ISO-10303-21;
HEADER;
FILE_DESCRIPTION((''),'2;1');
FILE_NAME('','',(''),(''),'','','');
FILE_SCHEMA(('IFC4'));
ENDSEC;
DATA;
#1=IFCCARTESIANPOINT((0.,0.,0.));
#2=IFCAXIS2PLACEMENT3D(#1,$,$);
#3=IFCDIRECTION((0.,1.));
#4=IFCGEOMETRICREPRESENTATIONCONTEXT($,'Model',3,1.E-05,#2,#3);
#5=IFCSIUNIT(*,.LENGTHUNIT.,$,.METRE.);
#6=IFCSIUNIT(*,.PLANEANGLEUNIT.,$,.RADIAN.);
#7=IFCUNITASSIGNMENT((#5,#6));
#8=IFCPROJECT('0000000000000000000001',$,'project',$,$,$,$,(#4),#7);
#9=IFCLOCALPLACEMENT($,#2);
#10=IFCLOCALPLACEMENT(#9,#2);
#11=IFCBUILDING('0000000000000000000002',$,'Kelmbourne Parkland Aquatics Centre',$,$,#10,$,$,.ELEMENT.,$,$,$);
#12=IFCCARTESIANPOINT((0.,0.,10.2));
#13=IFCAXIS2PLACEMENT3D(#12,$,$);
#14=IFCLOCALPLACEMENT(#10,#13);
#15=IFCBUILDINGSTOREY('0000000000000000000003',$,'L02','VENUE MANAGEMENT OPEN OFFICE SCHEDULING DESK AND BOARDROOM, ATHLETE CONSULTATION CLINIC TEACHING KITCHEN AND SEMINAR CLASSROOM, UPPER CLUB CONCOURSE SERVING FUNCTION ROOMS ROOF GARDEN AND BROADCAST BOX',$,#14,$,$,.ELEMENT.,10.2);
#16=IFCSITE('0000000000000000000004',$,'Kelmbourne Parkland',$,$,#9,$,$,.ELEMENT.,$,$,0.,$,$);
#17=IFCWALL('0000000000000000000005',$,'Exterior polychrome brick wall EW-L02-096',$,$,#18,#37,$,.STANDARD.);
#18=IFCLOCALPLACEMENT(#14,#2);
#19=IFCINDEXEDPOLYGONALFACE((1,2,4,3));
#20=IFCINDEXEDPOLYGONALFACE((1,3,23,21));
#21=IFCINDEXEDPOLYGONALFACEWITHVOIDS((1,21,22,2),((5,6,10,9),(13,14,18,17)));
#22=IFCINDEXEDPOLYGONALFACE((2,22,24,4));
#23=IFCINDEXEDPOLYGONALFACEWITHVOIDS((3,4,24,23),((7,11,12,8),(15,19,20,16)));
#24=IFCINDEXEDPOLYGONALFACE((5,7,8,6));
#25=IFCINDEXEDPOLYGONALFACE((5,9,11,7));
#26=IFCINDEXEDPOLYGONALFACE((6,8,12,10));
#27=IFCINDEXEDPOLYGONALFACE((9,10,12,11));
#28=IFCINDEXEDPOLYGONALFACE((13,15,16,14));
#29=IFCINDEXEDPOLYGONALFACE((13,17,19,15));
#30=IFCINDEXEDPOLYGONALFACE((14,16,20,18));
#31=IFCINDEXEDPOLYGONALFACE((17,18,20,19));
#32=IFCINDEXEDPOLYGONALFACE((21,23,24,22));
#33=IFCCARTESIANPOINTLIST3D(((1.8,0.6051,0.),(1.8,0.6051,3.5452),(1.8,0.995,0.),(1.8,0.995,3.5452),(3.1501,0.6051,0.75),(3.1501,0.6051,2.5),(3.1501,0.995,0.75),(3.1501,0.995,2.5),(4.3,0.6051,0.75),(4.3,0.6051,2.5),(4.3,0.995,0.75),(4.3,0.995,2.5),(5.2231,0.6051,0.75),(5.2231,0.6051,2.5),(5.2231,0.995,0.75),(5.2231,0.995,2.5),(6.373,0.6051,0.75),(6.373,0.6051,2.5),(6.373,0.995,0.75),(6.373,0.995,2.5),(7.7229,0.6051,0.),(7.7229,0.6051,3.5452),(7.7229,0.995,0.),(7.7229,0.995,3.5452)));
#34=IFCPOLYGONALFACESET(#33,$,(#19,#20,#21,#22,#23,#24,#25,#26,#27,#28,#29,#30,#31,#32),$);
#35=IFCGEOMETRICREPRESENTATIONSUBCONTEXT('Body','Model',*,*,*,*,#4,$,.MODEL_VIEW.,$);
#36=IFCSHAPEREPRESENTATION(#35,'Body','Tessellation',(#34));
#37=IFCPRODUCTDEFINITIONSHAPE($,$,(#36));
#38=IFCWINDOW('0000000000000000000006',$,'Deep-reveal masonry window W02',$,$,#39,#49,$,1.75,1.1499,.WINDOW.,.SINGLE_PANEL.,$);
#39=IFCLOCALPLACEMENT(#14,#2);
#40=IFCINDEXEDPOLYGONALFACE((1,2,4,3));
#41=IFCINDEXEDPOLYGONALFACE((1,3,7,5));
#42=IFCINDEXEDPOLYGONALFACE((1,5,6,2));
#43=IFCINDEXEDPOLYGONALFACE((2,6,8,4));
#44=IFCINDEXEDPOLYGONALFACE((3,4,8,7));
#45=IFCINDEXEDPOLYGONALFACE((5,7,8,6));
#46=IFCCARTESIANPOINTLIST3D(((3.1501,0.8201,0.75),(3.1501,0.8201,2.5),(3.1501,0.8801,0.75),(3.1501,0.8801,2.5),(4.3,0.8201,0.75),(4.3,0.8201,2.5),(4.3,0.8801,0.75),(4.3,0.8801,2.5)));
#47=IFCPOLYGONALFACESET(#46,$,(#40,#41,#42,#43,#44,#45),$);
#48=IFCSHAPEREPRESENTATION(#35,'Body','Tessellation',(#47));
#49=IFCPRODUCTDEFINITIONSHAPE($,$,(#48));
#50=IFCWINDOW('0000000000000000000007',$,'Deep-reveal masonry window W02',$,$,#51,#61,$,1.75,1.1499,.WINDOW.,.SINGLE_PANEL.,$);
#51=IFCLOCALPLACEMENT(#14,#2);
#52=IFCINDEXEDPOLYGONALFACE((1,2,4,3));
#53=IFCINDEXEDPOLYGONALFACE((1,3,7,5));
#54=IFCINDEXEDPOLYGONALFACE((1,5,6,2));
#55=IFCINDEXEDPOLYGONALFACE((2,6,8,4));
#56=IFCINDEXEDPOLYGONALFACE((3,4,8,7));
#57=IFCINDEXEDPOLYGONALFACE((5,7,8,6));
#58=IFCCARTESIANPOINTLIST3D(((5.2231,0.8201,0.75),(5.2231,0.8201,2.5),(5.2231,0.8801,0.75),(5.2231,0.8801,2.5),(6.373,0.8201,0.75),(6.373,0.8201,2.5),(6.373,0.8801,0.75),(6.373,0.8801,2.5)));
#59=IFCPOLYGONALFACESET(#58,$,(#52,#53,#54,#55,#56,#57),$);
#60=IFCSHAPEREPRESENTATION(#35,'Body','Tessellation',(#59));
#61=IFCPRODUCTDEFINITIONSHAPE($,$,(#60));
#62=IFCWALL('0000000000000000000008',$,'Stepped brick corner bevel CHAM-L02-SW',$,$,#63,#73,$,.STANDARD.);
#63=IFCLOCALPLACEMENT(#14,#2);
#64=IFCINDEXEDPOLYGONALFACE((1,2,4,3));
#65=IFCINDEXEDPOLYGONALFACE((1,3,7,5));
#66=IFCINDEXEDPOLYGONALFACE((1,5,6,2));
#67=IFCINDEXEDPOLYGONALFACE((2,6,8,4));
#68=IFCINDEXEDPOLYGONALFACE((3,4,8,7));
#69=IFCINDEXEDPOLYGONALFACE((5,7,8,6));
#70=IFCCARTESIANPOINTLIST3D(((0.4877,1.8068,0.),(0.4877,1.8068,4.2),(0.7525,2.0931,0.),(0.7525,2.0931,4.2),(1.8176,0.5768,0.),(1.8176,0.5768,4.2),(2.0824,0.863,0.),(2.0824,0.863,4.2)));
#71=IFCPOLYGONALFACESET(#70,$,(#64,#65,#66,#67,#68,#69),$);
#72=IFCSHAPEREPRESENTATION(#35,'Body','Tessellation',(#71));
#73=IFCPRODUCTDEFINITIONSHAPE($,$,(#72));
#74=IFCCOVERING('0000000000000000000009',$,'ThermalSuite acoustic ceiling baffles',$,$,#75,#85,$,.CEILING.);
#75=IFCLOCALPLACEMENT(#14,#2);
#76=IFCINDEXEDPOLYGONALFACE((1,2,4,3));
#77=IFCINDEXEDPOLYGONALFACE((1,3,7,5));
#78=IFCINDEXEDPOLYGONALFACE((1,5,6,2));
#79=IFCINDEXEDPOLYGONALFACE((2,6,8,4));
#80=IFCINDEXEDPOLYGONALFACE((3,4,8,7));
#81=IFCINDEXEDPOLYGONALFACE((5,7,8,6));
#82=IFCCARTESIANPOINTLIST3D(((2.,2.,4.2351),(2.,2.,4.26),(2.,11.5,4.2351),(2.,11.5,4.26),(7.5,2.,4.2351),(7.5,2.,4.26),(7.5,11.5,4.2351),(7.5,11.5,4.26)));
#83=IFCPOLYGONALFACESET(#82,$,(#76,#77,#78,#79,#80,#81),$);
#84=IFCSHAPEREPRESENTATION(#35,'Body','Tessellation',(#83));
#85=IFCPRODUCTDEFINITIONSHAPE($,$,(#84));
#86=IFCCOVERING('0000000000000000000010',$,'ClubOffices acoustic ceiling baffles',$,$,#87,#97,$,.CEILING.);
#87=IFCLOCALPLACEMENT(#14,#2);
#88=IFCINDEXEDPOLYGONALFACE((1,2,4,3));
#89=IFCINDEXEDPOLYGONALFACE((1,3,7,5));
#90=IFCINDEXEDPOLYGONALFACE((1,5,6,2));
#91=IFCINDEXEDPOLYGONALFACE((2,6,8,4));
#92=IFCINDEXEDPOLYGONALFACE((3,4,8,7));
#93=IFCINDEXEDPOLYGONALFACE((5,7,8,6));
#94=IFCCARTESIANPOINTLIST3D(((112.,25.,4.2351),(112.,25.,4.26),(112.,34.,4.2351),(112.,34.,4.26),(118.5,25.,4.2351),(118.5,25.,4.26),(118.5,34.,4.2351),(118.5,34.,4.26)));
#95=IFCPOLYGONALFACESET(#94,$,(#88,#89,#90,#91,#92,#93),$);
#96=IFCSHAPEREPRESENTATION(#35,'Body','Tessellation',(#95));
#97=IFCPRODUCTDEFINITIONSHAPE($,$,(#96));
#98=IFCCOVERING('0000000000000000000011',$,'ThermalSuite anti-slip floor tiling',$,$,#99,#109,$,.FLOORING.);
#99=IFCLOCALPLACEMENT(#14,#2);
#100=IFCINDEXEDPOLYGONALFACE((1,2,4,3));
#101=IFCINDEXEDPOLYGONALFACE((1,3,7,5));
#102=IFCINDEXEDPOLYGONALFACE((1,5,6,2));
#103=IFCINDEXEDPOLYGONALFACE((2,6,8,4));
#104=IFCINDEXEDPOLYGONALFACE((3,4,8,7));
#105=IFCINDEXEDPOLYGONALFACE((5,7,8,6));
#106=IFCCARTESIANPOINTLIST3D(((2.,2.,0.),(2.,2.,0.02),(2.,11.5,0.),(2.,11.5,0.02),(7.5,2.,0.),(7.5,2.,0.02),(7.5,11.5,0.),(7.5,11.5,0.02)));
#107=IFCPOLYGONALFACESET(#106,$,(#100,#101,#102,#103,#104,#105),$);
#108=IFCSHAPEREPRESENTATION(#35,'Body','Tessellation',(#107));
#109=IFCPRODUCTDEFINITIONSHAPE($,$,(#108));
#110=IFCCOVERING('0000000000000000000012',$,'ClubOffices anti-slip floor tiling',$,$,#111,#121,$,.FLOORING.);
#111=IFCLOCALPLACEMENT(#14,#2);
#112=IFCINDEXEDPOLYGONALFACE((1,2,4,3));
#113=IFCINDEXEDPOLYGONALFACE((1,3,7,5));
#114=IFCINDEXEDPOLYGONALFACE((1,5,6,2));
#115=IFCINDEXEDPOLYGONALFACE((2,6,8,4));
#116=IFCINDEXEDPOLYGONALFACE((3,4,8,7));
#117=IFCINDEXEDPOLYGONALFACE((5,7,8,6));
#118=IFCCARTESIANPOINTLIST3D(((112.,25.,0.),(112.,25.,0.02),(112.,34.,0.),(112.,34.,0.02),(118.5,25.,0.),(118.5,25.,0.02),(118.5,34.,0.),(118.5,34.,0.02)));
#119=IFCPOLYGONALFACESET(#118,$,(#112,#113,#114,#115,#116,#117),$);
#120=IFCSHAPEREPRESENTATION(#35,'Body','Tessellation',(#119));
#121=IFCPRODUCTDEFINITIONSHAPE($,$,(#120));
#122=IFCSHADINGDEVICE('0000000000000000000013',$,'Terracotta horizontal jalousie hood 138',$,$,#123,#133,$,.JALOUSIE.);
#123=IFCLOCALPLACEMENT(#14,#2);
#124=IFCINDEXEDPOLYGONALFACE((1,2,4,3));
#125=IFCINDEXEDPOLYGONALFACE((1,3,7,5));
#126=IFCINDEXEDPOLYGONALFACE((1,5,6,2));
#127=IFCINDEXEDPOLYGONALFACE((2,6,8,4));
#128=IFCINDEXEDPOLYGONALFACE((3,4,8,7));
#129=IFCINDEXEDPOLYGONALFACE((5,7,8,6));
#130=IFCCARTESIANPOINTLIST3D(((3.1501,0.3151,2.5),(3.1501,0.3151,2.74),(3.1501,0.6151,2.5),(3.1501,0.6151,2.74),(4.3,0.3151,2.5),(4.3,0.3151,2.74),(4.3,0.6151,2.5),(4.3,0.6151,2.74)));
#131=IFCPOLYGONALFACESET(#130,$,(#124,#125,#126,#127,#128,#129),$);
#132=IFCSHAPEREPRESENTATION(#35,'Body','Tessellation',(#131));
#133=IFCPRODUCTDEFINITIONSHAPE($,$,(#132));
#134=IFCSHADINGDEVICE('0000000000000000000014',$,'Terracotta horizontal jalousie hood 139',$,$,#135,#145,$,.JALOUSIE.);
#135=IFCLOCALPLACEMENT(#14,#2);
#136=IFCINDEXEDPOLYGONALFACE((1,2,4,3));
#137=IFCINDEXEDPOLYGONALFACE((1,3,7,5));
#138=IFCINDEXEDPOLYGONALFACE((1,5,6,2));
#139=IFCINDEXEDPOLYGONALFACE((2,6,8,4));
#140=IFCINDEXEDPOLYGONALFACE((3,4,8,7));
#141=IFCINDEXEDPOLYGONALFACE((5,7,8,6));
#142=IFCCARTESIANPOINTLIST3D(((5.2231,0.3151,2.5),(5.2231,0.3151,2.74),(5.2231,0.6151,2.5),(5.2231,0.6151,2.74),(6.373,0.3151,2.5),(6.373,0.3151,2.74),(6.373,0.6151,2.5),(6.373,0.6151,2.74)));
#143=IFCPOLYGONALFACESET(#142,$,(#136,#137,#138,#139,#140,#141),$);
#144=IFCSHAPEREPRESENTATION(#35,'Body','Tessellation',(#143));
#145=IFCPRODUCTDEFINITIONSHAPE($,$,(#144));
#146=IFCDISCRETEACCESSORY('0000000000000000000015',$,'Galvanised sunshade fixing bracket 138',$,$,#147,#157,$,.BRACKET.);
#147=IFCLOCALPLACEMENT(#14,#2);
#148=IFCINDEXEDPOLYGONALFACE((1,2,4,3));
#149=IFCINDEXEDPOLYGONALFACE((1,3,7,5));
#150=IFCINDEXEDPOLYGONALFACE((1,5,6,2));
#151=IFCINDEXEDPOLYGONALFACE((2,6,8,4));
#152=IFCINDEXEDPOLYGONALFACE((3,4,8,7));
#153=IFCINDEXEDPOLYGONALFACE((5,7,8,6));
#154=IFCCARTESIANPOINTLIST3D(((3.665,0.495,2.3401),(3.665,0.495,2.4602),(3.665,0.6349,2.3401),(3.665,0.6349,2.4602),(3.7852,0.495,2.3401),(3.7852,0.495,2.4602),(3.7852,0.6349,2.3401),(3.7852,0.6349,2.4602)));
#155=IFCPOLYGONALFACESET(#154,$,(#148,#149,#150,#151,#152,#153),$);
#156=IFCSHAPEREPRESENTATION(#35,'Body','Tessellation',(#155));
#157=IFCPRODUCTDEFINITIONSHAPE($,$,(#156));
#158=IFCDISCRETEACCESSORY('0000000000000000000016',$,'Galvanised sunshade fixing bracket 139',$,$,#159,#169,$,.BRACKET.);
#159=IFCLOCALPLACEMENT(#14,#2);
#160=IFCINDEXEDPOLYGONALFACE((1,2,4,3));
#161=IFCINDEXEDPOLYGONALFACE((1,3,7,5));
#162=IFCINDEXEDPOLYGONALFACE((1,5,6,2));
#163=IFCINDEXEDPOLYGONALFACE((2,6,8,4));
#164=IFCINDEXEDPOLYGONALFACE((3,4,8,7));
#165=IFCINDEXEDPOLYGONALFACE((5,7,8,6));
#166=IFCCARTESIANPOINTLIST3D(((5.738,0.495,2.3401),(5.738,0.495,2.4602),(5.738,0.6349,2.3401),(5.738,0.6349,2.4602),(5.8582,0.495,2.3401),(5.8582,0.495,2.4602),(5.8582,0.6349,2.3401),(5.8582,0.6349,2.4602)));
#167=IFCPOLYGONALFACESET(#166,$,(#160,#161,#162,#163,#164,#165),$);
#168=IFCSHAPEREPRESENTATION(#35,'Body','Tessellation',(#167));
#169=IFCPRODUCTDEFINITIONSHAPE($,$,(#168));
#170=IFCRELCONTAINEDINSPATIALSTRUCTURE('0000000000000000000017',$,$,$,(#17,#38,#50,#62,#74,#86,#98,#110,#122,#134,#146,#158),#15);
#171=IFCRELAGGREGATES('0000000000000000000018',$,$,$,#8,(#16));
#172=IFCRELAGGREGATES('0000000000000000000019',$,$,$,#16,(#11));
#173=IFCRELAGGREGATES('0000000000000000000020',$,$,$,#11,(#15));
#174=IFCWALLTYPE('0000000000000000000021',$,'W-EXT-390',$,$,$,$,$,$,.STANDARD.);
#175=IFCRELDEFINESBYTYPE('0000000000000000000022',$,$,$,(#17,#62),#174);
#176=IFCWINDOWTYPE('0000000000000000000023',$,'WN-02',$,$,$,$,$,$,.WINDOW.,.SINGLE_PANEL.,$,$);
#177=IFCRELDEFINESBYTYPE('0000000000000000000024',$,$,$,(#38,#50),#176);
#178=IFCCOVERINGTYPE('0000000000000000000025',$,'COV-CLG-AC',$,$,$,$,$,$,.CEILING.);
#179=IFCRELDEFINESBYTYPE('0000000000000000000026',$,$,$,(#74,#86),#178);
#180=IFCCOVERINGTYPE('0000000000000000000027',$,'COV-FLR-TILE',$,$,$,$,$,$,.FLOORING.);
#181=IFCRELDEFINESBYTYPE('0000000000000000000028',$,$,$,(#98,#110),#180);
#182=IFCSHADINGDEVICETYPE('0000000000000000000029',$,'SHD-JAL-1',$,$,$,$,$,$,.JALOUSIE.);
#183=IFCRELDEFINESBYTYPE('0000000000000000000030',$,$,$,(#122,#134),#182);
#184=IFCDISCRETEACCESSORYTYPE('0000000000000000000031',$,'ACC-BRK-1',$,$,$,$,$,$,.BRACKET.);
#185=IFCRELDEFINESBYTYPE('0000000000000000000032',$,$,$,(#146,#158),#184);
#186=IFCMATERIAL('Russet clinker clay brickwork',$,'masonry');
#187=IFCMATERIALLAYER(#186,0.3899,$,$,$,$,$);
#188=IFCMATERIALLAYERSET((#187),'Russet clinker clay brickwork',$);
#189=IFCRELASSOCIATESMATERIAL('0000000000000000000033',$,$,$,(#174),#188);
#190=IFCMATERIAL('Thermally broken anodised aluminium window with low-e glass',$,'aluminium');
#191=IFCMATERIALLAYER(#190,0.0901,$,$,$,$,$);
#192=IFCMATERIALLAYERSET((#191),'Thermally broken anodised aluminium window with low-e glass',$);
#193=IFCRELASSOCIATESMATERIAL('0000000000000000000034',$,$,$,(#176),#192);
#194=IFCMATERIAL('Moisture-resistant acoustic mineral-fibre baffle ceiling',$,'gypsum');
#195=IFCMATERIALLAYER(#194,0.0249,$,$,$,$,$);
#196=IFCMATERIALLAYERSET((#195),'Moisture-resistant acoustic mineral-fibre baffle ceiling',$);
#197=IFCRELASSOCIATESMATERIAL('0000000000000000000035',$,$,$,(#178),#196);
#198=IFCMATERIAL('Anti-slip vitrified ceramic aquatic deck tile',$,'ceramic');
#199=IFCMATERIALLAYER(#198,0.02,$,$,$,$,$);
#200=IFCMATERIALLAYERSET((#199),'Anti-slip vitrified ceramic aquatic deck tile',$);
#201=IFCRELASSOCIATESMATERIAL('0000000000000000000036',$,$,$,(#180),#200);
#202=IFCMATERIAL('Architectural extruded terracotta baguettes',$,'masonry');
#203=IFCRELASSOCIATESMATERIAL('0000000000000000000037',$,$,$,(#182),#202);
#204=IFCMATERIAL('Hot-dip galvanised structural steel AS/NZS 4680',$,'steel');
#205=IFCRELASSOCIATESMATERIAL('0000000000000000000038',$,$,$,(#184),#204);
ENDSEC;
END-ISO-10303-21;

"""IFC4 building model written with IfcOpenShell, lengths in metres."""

from ifc_helpers import new_model, si_unit, direction, frame, frame_2d, origin, origin_2d, place, context, subcontext, project, spatial, polyline, rectangle, outline, extrude, material, layer, layer_set, type_object, element, fill, save


model = new_model("IFC4")

# Units and contexts
model_context = context("Model", 3, precision=1e-05, world=origin(), true_north=direction((0.0, 1.0)))
body_context = subcontext(model_context, "Body", "Model", "MODEL_VIEW")
ifc_project = project(units=[si_unit("LENGTHUNIT", "METRE"), si_unit("PLANEANGLEUNIT", "RADIAN")], contexts=[model_context])

# Site, building, storey
site_placement = place(None, origin())
site = spatial("IfcSite", under=ifc_project, at=site_placement, Name="Kelmbourne Parkland", CompositionType="ELEMENT", RefElevation=0.0)
building_placement = place(site_placement, origin())
building = spatial("IfcBuilding", under=site, at=building_placement, Name="Kelmbourne Parkland Aquatics Centre", CompositionType="ELEMENT")
storey_placement = place(building_placement, frame((0.0, 0.0, 10.2)))
storey = spatial("IfcBuildingStorey", under=building, at=storey_placement, Name="L02", Description="VENUE MANAGEMENT OPEN OFFICE SCHEDULING DESK AND BOARDROOM, ATHLETE CONSULTATION CLINIC TEACHING KITCHEN AND SEMINAR CLASSROOM, UPPER CLUB CONCOURSE SERVING FUNCTION ROOMS ROOF GARDEN AND BROADCAST BOX", CompositionType="ELEMENT", Elevation=10.2)

# Wall, openings, windows
ifc_material_1 = material(Name="Russet clinker clay brickwork", Category="masonry")
ifc_material_2 = material(Name="Thermally broken anodised aluminium window with low-e glass", Category="aluminium")
ifc_layer_1 = layer(ifc_material_1, 0.3899)
ifc_layer_set_1 = layer_set([ifc_layer_1], Name="Russet clinker clay brickwork")
wall_type_1 = type_object("IfcWallType", Name="W-EXT-390", PredefinedType="STANDARD", material=ifc_layer_set_1)
wall_1_placement = place(storey_placement, frame((1.8, 0.8, 0.0), z_axis=(0.0, 0.0, 1.0), x_axis=(1.0, 0.0, 0.0)))
wall_1 = element("IfcWall", 1, at=wall_1_placement, inside=storey, type_object=wall_type_1, Name="Exterior polychrome brick wall EW-L02-096", PredefinedType="STANDARD", context=body_context, shape_type="SweptSolid", body=[
    extrude(rectangle(XDim=5.9229, YDim=0.3899, at=frame_2d((2.9614, 0.0))), origin(), (0.0, 0.0, 1.0), 3.5452),
])
opening_1_placement = place(wall_1_placement, frame((1.3501, 0.0, 0.75)))
opening_1 = element("IfcOpeningElement", 2, at=opening_1_placement, cuts=wall_1, PredefinedType="OPENING", context=body_context, shape_type="SweptSolid", body=[
    extrude(rectangle(XDim=1.1499, YDim=1.75, at=frame_2d((0.575, 0.875))), frame((0.0, 0.207, 0.0), z_axis=(0.0, -1.0, 0.0), x_axis=(1.0, 0.0, 0.0)), (0.0, 0.0, 1.0), 0.4138),
])
opening_2_placement = place(wall_1_placement, frame((3.4231, 0.0, 0.75)))
opening_2 = element("IfcOpeningElement", 3, at=opening_2_placement, cuts=wall_1, PredefinedType="OPENING", context=body_context, shape_type="SweptSolid", body=[
    extrude(rectangle(XDim=1.1499, YDim=1.75, at=frame_2d((0.575, 0.875))), frame((0.0, 0.207, 0.0), z_axis=(0.0, -1.0, 0.0), x_axis=(1.0, 0.0, 0.0)), (0.0, 0.0, 1.0), 0.4138),
])
ifc_layer_2 = layer(ifc_material_2, 0.0901)
ifc_layer_set_2 = layer_set([ifc_layer_2], Name="Thermally broken anodised aluminium window with low-e glass")
window_type_1 = type_object("IfcWindowType", Name="WN-02", PartitioningType="SINGLE_PANEL", PredefinedType="WINDOW", material=ifc_layer_set_2)
window_1_placement = place(opening_1_placement, origin())
window_1 = element("IfcWindow", 4, at=window_1_placement, inside=storey, type_object=window_type_1, Name="Deep-reveal masonry window W02", OverallHeight=1.75, OverallWidth=1.1499, PartitioningType="SINGLE_PANEL", PredefinedType="WINDOW", context=body_context, shape_type="SweptSolid", body=[
    extrude(rectangle(XDim=1.1499, YDim=1.75, at=frame_2d((0.575, 0.875))), frame((0.0, 0.0801, 0.0), z_axis=(0.0, -1.0, 0.0), x_axis=(1.0, 0.0, 0.0)), (0.0, 0.0, 1.0), 0.0601),
])
fill(opening_1, window_1)
window_2_placement = place(opening_2_placement, origin())
window_2 = element("IfcWindow", 5, at=window_2_placement, inside=storey, type_object=window_type_1, Name="Deep-reveal masonry window W02", OverallHeight=1.75, OverallWidth=1.1499, PartitioningType="SINGLE_PANEL", PredefinedType="WINDOW", context=body_context, shape_type="SweptSolid", body=[
    extrude(rectangle(XDim=1.1499, YDim=1.75, at=frame_2d((0.575, 0.875))), frame((0.0, 0.0801, 0.0), z_axis=(0.0, -1.0, 0.0), x_axis=(1.0, 0.0, 0.0)), (0.0, 0.0, 1.0), 0.0601),
])
fill(opening_2, window_2)

# Wall
wall_2_placement = place(storey_placement, frame((0.6201, 1.95, 0.0), z_axis=(0.0, 0.0, 1.0), x_axis=(0.734131, -0.679007, 0.0)))
element("IfcWall", 6, at=wall_2_placement, inside=storey, type_object=wall_type_1, Name="Stepped brick corner bevel CHAM-L02-SW", PredefinedType="STANDARD", context=body_context, shape_type="SweptSolid", body=[
    extrude(rectangle(XDim=1.8115, YDim=0.3899, at=frame_2d((0.9058, 0.0))), origin(), (0.0, 0.0, 1.0), 4.2),
])

# Coverings
ifc_material_3 = material(Name="Moisture-resistant acoustic mineral-fibre baffle ceiling", Category="gypsum")
ifc_layer_3 = layer(ifc_material_3, 0.0249)
ifc_layer_set_3 = layer_set([ifc_layer_3], Name="Moisture-resistant acoustic mineral-fibre baffle ceiling")
covering_type_1 = type_object("IfcCoveringType", Name="COV-CLG-AC", PredefinedType="CEILING", material=ifc_layer_set_3)
covering_1_placement = place(storey_placement, frame((0.0, 0.0, 4.2351)))
element("IfcCovering", 7, at=covering_1_placement, inside=storey, type_object=covering_type_1, Name="ThermalSuite acoustic ceiling baffles", PredefinedType="CEILING", context=body_context, shape_type="SweptSolid", body=[
    extrude(outline(polyline([(2.0, 2.0), (7.5, 2.0), (7.5, 11.5), (2.0, 11.5), (2.0, 2.0)])), origin(), (0.0, 0.0, 1.0), 0.0249),
])
covering_2_placement = place(storey_placement, frame((0.0, 0.0, 4.2351)))
element("IfcCovering", 8, at=covering_2_placement, inside=storey, type_object=covering_type_1, Name="ClubOffices acoustic ceiling baffles", PredefinedType="CEILING", context=body_context, shape_type="SweptSolid", body=[
    extrude(outline(polyline([(112.0, 25.0), (118.5, 25.0), (118.5, 34.0), (112.0, 34.0), (112.0, 25.0)])), origin(), (0.0, 0.0, 1.0), 0.0249),
])
ifc_material_4 = material(Name="Anti-slip vitrified ceramic aquatic deck tile", Category="ceramic")
ifc_layer_4 = layer(ifc_material_4, 0.02)
ifc_layer_set_4 = layer_set([ifc_layer_4], Name="Anti-slip vitrified ceramic aquatic deck tile")
covering_type_2 = type_object("IfcCoveringType", Name="COV-FLR-TILE", PredefinedType="FLOORING", material=ifc_layer_set_4)
covering_3_placement = place(storey_placement, origin())
element("IfcCovering", 9, at=covering_3_placement, inside=storey, type_object=covering_type_2, Name="ThermalSuite anti-slip floor tiling", PredefinedType="FLOORING", context=body_context, shape_type="SweptSolid", body=[
    extrude(outline(polyline([(2.0, 2.0), (7.5, 2.0), (7.5, 11.5), (2.0, 11.5), (2.0, 2.0)])), origin(), (0.0, 0.0, 1.0), 0.02),
])
covering_4_placement = place(storey_placement, origin())
element("IfcCovering", 10, at=covering_4_placement, inside=storey, type_object=covering_type_2, Name="ClubOffices anti-slip floor tiling", PredefinedType="FLOORING", context=body_context, shape_type="SweptSolid", body=[
    extrude(outline(polyline([(112.0, 25.0), (118.5, 25.0), (118.5, 34.0), (112.0, 34.0), (112.0, 25.0)])), origin(), (0.0, 0.0, 1.0), 0.02),
])

# Shading devices
ifc_material_5 = material(Name="Architectural extruded terracotta baguettes", Category="masonry")
shading_device_type = type_object("IfcShadingDeviceType", Name="SHD-JAL-1", PredefinedType="JALOUSIE", material=ifc_material_5)
for number, where, z_axis, x_axis, name in (
    (11, (3.7251, 0.4651, 2.5), (0.0, 0.0, 1.0), (1.0, 0.0, 0.0), "Terracotta horizontal jalousie hood 138"),
    (12, (5.7981, 0.4651, 2.5), (0.0, 0.0, 1.0), (1.0, 0.0, 0.0), "Terracotta horizontal jalousie hood 139"),
):
    element("IfcShadingDevice", number, at=place(storey_placement, frame(where, z_axis=z_axis, x_axis=x_axis)), inside=storey, type_object=shading_device_type, Name=name, PredefinedType="JALOUSIE", context=body_context, shape_type="SweptSolid", body=[
        extrude(rectangle(XDim=1.1499, YDim=0.3, at=origin_2d()), origin(), (0.0, 0.0, 1.0), 0.24),
    ])

# Discrete accessories
ifc_material_6 = material(Name="Hot-dip galvanised structural steel AS/NZS 4680", Category="steel")
discrete_accessory_type = type_object("IfcDiscreteAccessoryType", Name="ACC-BRK-1", PredefinedType="BRACKET", material=ifc_material_6)
for number, where, z_axis, x_axis, name in (
    (13, (3.7251, 0.5649, 2.3401), (0.0, 0.0, 1.0), (1.0, 0.0, 0.0), "Galvanised sunshade fixing bracket 138"),
    (14, (5.7981, 0.5649, 2.3401), (0.0, 0.0, 1.0), (1.0, 0.0, 0.0), "Galvanised sunshade fixing bracket 139"),
):
    element("IfcDiscreteAccessory", number, at=place(storey_placement, frame(where, z_axis=z_axis, x_axis=x_axis)), inside=storey, type_object=discrete_accessory_type, Name=name, PredefinedType="BRACKET", context=body_context, shape_type="SweptSolid", body=[
        extrude(rectangle(XDim=0.1201, YDim=0.1399, at=origin_2d()), origin(), (0.0, 0.0, 1.0), 0.1201),
    ])

save(model, "model.ifc")
